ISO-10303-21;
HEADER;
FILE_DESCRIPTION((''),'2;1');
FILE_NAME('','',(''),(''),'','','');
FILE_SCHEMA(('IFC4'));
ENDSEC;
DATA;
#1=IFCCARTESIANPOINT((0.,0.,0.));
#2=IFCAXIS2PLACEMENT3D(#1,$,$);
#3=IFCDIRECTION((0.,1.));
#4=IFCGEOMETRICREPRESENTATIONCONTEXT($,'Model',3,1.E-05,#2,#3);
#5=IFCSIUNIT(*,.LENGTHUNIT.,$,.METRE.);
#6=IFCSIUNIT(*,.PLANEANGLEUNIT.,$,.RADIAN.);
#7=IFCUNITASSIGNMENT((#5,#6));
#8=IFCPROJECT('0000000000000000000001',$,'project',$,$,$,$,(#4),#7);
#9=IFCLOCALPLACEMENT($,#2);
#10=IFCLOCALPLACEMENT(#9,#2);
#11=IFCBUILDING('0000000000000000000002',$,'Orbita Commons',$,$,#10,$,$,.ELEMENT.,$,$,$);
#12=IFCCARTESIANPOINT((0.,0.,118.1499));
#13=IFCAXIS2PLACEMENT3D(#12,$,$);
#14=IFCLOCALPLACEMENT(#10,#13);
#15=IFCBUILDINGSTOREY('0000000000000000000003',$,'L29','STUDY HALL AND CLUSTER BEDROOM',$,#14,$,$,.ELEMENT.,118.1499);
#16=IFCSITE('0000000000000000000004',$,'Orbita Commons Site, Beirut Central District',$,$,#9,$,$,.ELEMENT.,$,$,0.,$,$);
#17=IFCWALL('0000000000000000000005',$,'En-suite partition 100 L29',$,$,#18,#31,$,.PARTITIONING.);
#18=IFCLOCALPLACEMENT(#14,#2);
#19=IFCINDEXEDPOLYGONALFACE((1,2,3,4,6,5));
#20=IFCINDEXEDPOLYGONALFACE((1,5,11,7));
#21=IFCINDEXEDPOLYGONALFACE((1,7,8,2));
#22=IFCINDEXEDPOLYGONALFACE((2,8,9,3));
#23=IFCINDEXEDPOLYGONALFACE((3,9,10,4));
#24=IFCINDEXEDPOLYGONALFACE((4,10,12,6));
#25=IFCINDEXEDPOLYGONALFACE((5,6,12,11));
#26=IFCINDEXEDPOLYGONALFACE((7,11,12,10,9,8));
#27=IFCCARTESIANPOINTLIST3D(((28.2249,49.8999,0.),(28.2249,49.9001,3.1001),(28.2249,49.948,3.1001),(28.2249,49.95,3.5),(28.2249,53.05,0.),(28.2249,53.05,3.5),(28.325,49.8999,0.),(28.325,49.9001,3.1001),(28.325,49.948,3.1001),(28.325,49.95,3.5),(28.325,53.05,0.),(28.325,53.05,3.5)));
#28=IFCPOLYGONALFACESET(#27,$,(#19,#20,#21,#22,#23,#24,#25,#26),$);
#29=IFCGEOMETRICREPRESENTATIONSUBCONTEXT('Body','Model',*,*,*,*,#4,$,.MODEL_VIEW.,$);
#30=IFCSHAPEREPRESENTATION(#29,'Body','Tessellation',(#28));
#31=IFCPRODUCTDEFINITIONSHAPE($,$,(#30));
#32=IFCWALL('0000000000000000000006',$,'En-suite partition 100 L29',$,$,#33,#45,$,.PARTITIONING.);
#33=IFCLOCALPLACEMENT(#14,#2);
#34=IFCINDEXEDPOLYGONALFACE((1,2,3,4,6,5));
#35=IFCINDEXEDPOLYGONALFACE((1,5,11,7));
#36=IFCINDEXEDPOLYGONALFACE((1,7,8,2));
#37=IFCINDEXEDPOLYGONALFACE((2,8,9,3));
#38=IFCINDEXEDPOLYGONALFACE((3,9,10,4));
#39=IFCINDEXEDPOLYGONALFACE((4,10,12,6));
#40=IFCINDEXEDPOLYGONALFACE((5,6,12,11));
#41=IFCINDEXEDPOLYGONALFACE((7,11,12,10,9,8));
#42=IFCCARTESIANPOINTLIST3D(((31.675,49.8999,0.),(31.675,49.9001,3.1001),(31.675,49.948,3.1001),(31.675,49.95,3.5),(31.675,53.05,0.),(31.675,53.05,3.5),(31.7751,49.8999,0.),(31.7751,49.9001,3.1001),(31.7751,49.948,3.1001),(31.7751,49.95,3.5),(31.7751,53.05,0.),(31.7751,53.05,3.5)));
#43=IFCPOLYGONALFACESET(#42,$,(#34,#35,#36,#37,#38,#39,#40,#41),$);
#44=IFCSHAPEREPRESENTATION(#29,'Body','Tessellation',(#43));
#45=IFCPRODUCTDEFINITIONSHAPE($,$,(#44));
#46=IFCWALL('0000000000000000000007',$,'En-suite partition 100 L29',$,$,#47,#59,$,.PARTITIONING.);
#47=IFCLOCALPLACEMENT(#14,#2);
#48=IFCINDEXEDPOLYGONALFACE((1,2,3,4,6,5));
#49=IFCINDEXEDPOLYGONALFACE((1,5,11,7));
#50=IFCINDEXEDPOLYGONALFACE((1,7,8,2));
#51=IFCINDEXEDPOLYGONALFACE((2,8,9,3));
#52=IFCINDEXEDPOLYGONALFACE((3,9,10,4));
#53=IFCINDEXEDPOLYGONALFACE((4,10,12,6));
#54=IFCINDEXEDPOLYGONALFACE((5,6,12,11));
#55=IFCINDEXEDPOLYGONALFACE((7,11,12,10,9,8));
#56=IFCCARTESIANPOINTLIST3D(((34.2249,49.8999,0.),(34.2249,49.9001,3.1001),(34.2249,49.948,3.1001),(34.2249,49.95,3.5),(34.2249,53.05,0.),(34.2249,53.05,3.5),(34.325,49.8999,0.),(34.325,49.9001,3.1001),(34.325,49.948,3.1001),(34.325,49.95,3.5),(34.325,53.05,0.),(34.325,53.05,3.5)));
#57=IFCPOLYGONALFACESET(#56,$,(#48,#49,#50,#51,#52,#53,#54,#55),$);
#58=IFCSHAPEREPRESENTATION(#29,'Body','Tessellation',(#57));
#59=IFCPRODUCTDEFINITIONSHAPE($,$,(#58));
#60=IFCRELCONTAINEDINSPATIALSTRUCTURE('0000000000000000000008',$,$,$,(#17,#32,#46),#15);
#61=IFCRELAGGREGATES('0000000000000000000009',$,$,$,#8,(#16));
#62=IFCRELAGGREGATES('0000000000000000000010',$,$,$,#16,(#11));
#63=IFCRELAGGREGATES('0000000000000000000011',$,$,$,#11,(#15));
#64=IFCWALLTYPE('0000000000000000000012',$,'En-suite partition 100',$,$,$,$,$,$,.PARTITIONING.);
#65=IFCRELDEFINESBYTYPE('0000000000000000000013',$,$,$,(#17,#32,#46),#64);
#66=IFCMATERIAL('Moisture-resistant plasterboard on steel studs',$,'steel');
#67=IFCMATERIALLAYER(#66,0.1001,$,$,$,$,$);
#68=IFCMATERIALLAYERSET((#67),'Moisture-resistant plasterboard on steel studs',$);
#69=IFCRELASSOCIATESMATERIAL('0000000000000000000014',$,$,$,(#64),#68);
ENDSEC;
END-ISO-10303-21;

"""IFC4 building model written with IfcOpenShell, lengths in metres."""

from ifc_helpers import new_model, si_unit, direction, frame, origin, place, context, subcontext, project, spatial, polyline, outline, extrude, material, layer, layer_set, type_object, element, save


model = new_model("IFC4")

# Units and contexts
model_context = context("Model", 3, precision=1e-05, world=origin(), true_north=direction((0.0, 1.0)))
body_context = subcontext(model_context, "Body", "Model", "MODEL_VIEW")
ifc_project = project(units=[si_unit("LENGTHUNIT", "METRE"), si_unit("PLANEANGLEUNIT", "RADIAN")], contexts=[model_context])

# Site, building, storey
site_placement = place(None, origin())
site = spatial("IfcSite", under=ifc_project, at=site_placement, Name="Orbita Commons Site, Beirut Central District", CompositionType="ELEMENT", RefElevation=0.0)
building_placement = place(site_placement, origin())
building = spatial("IfcBuilding", under=site, at=building_placement, Name="Orbita Commons", CompositionType="ELEMENT")
storey_placement = place(building_placement, frame((0.0, 0.0, 118.1499)))
storey = spatial("IfcBuildingStorey", under=building, at=storey_placement, Name="L29", Description="STUDY HALL AND CLUSTER BEDROOM", CompositionType="ELEMENT", Elevation=118.1499)

# Shared definitions
ifc_material_1 = material(Name="Moisture-resistant plasterboard on steel studs", Category="steel")
ifc_layer_1 = layer(ifc_material_1, 0.1001)
ifc_layer_set_1 = layer_set([ifc_layer_1], Name="Moisture-resistant plasterboard on steel studs")
wall_type_1 = type_object("IfcWallType", Name="En-suite partition 100", PredefinedType="PARTITIONING", material=ifc_layer_set_1)

# Walls
for number, where, z_axis, x_axis, name in (
    (1, (28.2749, 53.05, 0.0), (0.0, 0.0, 1.0), (0.0, -1.0, 0.0), "En-suite partition 100 L29"),
    (2, (31.7251, 53.05, 0.0), (0.0, 0.0, 1.0), (0.0, -1.0, 0.0), "En-suite partition 100 L29"),
    (3, (34.2749, 53.05, 0.0), (0.0, 0.0, 1.0), (0.0, -1.0, 0.0), "En-suite partition 100 L29"),
):
    element("IfcWall", number, at=place(storey_placement, frame(where, z_axis=z_axis, x_axis=x_axis)), inside=storey, type_object=wall_type_1, Name=name, PredefinedType="PARTITIONING", context=body_context, shape_type="SweptSolid", body=[
        extrude(outline(polyline([(0.0, 0.0), (3.1501, 0.0), (3.1499, 3.1001), (3.1021, 3.1001), (3.1001, 3.5), (0.0, 3.5), (0.0, 0.0)])), frame((0.0, 0.05, 0.0), z_axis=(0.0, -1.0, 0.0), x_axis=(1.0, 0.0, 0.0)), (0.0, 0.0, 1.0), 0.1001),
    ])

save(model, "model.ifc")
